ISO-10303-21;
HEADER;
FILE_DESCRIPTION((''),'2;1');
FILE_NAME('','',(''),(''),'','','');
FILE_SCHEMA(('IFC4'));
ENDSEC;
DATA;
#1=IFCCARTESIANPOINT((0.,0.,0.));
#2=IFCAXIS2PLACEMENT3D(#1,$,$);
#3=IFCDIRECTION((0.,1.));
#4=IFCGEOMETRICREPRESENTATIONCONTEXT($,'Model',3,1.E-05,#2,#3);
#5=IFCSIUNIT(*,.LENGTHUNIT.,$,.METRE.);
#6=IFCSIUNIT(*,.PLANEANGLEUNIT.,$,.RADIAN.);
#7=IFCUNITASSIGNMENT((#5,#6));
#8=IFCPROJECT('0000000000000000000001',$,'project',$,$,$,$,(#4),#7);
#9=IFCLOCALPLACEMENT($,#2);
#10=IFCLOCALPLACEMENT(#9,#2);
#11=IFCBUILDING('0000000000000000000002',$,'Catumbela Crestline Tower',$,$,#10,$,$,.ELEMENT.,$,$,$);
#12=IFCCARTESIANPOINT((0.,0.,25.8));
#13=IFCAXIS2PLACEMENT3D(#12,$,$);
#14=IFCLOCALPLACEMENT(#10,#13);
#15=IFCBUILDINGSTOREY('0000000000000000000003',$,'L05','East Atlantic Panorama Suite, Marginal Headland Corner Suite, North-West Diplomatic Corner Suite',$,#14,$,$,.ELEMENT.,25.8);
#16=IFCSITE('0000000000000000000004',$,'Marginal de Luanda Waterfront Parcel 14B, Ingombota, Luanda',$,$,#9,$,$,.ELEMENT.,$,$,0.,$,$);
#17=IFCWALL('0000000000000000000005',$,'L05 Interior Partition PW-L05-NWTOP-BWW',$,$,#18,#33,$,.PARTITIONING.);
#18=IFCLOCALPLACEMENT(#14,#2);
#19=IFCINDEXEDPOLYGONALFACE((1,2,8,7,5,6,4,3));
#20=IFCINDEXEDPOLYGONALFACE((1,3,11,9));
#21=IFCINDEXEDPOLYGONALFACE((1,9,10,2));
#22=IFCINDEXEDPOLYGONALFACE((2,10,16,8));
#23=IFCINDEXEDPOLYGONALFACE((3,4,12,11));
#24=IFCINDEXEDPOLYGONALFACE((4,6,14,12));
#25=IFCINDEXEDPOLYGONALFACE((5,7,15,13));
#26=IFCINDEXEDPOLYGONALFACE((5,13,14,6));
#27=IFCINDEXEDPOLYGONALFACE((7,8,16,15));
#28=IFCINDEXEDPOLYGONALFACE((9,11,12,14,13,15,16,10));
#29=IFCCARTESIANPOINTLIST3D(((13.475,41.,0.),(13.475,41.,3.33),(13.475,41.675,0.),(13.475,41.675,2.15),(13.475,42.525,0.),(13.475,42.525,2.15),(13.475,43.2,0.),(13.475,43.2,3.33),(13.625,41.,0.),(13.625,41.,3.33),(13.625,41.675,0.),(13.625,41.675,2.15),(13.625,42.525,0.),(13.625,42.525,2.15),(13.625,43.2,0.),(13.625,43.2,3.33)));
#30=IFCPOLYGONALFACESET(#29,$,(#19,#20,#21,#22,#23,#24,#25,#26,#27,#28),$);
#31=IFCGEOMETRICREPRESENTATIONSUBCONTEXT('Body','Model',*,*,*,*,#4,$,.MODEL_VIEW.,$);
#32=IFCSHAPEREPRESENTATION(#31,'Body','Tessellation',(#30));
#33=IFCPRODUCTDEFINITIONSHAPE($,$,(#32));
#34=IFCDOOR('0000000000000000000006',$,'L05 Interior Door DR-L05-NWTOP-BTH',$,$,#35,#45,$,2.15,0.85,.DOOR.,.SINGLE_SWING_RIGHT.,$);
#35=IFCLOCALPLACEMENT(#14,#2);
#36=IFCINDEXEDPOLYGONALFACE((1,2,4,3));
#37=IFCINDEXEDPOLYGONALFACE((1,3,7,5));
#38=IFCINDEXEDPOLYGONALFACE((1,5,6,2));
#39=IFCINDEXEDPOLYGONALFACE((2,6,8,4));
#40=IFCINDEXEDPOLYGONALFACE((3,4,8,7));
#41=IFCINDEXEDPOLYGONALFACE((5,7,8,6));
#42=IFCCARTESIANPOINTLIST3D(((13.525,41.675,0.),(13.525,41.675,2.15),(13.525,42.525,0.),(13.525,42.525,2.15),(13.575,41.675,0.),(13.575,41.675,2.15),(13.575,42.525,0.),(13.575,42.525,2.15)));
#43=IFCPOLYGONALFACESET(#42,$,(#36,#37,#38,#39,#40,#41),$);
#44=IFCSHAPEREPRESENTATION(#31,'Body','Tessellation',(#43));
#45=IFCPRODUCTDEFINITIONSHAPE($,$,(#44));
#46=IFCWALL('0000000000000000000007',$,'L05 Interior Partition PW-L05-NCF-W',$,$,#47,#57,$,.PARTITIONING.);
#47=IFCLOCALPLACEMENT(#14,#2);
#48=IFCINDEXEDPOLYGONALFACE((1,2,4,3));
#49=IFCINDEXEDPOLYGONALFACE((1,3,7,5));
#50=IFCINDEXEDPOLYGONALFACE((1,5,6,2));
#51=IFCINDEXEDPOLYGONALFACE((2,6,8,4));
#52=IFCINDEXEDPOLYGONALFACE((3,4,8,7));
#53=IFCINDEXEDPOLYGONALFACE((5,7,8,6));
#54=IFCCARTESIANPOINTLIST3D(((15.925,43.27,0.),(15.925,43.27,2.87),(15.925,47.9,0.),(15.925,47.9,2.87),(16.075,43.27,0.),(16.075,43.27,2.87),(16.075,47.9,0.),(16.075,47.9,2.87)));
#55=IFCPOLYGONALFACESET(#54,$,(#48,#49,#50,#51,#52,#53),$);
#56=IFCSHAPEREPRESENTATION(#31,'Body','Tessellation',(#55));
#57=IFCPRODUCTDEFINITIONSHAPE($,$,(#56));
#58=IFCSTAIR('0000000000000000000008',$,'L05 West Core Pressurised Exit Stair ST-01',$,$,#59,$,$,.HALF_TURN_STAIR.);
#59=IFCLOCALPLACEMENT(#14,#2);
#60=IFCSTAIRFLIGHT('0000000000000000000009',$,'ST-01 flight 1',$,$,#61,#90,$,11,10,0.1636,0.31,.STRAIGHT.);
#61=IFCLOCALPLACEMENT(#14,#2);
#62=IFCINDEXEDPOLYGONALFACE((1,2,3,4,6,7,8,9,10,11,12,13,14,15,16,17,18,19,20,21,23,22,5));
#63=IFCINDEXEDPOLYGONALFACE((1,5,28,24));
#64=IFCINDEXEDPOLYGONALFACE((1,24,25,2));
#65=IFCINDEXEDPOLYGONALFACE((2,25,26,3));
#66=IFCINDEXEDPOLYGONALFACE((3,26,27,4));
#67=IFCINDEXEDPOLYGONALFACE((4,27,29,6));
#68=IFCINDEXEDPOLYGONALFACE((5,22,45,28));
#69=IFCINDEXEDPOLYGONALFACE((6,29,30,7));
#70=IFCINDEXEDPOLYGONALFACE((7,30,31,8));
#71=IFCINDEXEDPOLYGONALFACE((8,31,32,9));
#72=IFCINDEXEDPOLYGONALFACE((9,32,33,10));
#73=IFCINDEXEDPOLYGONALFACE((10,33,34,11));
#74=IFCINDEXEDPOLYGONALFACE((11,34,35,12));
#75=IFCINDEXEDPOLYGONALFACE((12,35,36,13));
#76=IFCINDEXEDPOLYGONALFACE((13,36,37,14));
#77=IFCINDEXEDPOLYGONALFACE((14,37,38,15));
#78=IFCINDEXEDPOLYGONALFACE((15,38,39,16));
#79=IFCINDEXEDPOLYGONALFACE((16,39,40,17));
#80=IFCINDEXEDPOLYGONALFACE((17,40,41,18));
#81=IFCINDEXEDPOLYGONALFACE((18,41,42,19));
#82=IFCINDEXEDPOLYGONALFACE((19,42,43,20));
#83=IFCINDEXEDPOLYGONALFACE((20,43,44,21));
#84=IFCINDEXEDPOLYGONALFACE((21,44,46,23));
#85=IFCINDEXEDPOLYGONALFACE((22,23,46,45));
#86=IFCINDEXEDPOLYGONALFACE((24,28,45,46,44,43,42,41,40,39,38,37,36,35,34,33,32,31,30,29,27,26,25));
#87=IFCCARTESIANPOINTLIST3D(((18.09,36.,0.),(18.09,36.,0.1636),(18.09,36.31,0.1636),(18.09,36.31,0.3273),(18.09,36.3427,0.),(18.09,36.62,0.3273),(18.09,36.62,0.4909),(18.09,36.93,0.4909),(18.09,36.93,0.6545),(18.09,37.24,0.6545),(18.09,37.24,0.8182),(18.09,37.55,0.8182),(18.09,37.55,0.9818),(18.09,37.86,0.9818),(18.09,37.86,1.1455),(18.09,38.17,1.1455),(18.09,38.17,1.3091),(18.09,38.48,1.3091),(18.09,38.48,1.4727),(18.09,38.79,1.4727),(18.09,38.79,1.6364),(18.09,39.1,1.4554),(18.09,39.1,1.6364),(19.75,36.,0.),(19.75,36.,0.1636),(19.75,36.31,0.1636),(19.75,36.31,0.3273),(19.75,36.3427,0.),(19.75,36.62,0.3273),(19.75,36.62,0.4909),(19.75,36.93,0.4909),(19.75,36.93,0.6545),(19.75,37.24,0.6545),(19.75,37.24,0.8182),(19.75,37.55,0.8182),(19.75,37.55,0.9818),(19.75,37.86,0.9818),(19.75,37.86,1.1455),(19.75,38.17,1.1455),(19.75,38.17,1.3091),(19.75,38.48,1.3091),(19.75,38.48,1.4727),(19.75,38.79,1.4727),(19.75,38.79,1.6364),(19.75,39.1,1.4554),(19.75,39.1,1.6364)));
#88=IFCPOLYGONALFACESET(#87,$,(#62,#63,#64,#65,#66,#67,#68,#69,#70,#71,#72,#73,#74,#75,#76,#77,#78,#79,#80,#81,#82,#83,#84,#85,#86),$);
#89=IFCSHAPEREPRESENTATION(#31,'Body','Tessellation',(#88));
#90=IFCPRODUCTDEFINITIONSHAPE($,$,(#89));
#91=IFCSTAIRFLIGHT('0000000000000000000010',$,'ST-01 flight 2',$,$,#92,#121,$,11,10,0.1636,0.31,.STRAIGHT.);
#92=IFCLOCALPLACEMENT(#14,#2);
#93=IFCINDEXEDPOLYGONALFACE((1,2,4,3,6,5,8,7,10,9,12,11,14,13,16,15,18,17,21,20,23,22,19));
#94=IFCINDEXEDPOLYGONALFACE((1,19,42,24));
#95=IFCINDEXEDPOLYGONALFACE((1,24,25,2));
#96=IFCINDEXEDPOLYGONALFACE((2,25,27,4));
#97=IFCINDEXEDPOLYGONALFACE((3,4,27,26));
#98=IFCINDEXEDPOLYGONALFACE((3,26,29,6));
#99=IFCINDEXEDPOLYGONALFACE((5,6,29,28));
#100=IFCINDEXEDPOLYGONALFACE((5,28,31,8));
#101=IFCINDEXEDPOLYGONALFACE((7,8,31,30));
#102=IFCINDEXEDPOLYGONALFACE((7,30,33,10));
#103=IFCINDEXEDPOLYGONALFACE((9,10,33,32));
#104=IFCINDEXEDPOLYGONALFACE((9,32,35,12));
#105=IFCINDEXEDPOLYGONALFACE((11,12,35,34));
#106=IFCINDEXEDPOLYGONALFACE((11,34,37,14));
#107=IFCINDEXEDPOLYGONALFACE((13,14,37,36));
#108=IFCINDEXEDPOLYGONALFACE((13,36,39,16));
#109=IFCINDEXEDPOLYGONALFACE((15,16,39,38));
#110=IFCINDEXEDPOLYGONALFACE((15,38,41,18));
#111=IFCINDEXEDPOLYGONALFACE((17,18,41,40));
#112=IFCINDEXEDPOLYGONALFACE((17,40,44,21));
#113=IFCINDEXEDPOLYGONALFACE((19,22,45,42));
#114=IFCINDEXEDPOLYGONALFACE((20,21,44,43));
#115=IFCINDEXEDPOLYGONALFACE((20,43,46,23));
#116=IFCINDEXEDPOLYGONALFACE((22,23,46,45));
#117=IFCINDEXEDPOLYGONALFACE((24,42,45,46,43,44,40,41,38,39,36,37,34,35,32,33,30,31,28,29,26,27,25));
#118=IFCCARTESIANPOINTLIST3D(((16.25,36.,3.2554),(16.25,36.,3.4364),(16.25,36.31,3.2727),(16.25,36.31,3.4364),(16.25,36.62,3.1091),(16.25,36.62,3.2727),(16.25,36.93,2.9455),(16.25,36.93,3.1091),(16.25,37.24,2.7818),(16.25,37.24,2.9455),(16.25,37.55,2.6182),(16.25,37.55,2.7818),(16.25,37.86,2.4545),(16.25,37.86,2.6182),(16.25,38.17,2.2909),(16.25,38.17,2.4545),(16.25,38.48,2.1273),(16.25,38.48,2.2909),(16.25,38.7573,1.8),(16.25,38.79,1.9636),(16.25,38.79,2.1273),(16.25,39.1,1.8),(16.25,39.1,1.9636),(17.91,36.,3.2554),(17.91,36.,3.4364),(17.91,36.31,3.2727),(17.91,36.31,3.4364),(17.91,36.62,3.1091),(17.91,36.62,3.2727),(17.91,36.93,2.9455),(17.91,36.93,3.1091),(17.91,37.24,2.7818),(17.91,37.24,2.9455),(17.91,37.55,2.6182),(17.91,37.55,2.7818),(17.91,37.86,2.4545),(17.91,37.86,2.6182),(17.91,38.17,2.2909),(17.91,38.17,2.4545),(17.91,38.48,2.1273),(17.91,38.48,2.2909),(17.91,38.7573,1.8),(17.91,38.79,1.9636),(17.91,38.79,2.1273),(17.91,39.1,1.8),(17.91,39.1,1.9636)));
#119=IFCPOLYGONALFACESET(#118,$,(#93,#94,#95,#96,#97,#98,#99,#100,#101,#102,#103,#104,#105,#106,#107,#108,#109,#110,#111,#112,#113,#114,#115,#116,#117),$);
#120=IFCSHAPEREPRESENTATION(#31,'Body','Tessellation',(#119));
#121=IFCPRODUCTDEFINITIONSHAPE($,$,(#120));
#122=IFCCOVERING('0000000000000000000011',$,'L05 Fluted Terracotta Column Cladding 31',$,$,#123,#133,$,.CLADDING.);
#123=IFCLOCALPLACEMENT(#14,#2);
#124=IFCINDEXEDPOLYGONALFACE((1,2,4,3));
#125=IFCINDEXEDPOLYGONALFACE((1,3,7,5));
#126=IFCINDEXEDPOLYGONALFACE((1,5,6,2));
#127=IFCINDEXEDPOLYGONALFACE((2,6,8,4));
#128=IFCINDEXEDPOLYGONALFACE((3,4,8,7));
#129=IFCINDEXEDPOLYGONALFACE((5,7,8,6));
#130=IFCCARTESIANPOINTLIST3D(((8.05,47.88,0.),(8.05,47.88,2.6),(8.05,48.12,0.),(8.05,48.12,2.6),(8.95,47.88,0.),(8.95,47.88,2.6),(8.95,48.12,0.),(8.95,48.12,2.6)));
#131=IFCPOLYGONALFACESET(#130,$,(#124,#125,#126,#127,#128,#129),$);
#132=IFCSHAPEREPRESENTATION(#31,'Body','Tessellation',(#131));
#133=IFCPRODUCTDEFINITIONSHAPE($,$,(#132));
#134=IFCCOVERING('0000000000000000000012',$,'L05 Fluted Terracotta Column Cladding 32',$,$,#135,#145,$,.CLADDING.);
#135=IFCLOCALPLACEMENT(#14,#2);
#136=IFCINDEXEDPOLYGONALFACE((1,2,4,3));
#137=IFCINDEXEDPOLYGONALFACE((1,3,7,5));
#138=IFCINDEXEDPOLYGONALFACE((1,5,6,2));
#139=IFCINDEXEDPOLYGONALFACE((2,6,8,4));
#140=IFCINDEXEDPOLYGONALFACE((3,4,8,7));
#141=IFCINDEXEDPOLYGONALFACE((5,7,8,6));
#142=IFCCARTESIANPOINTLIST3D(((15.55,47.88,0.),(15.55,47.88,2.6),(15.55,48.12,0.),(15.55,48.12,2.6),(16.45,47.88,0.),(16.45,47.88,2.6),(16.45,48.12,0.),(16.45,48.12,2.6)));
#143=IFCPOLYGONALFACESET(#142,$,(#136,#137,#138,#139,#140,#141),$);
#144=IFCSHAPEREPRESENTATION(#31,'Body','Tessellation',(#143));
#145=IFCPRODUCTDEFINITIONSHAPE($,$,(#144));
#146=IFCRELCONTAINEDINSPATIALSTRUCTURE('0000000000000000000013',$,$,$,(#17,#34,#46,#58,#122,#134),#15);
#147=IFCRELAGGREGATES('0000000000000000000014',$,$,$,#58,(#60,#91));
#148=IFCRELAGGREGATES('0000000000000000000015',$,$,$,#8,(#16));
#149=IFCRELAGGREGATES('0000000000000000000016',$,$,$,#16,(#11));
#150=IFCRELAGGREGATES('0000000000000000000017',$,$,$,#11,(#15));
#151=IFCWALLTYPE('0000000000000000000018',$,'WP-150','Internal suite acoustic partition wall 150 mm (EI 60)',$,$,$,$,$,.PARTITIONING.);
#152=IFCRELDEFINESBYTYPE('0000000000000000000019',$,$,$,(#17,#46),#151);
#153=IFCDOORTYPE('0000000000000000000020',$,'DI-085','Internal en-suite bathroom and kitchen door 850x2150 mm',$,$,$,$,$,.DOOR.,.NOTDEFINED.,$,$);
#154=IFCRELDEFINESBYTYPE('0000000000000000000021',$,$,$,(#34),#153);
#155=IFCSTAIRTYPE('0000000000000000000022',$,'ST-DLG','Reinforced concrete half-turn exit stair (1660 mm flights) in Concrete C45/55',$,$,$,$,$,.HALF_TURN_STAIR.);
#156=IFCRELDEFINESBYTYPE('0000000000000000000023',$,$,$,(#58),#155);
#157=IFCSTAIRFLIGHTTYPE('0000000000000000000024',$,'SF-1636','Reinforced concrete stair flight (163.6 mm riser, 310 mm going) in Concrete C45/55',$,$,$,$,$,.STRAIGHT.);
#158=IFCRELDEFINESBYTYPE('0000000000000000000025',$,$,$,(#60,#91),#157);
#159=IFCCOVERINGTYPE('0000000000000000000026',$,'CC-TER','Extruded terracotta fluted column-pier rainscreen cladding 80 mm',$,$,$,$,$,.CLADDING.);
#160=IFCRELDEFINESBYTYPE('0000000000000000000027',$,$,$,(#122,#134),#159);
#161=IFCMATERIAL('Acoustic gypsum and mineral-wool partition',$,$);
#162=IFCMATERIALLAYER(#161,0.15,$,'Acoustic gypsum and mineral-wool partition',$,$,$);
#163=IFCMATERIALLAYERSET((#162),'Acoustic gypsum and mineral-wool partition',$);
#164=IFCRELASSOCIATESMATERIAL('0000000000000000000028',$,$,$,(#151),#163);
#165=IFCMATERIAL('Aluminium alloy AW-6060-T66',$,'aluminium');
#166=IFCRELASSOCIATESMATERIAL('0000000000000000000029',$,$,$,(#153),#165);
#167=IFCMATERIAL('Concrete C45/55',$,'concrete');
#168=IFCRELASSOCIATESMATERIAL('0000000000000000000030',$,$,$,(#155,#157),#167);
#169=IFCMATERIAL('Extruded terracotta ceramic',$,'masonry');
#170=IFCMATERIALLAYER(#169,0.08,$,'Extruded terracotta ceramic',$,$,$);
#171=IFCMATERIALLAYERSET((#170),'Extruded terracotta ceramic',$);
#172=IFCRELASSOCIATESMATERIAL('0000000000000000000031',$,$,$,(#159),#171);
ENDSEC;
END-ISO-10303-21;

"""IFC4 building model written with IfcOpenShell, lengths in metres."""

from ifc_helpers import new_model, si_unit, direction, frame, frame_2d, origin, origin_2d, place, context, subcontext, project, spatial, polyline, rectangle, outline, extrude, material, layer, layer_set, type_object, element, fill, aggregate, save


model = new_model("IFC4")

# Units and contexts
model_context = context("Model", 3, precision=1e-05, world=origin(), true_north=direction((0.0, 1.0)))
body_context = subcontext(model_context, "Body", "Model", "MODEL_VIEW")
ifc_project = project(units=[si_unit("LENGTHUNIT", "METRE"), si_unit("PLANEANGLEUNIT", "RADIAN")], contexts=[model_context])

# Site, building, storey
site_placement = place(None, origin())
site = spatial("IfcSite", under=ifc_project, at=site_placement, Name="Marginal de Luanda Waterfront Parcel 14B, Ingombota, Luanda", CompositionType="ELEMENT", RefElevation=0.0)
building_placement = place(site_placement, origin())
building = spatial("IfcBuilding", under=site, at=building_placement, Name="Catumbela Crestline Tower", CompositionType="ELEMENT")
storey_placement = place(building_placement, frame((0.0, 0.0, 25.8)))
storey = spatial("IfcBuildingStorey", under=building, at=storey_placement, Name="L05", Description="East Atlantic Panorama Suite, Marginal Headland Corner Suite, North-West Diplomatic Corner Suite", CompositionType="ELEMENT", Elevation=25.8)

# Shared definitions
ifc_material_1 = material(Name="Aluminium alloy AW-6060-T66", Category="aluminium")

# Shared definitions
ifc_material_2 = material(Name="Acoustic gypsum and mineral-wool partition")
ifc_layer_1 = layer(ifc_material_2, 0.15, Name="Acoustic gypsum and mineral-wool partition")
ifc_layer_set_1 = layer_set([ifc_layer_1], Name="Acoustic gypsum and mineral-wool partition")
wall_type_1 = type_object("IfcWallType", Name="WP-150", Description="Internal suite acoustic partition wall 150 mm (EI 60)", PredefinedType="PARTITIONING", material=ifc_layer_set_1)

# Wall, opening, door
wall_1_placement = place(storey_placement, frame((13.55, 41.0, 0.0), z_axis=(0.0, 0.0, 1.0), x_axis=(0.0, 1.0, 0.0)))
wall_1 = element("IfcWall", 1, at=wall_1_placement, inside=storey, type_object=wall_type_1, Name="L05 Interior Partition PW-L05-NWTOP-BWW", PredefinedType="PARTITIONING", context=body_context, shape_type="SweptSolid", body=[
    extrude(rectangle(XDim=2.2, YDim=0.15, at=frame_2d((1.1, 0.0))), origin(), (0.0, 0.0, 1.0), 3.33),
])
opening_1_placement = place(wall_1_placement, frame((0.675, 0.0, 0.0)))
opening_1 = element("IfcOpeningElement", 2, at=opening_1_placement, cuts=wall_1, PredefinedType="OPENING", context=body_context, shape_type="SweptSolid", body=[
    extrude(rectangle(XDim=0.85, YDim=2.15, at=frame_2d((0.425, 1.075))), frame((0.0, 0.085, 0.0), z_axis=(0.0, -1.0, 0.0), x_axis=(1.0, 0.0, 0.0)), (0.0, 0.0, 1.0), 0.17),
])
door_type_1 = type_object("IfcDoorType", Name="DI-085", Description="Internal en-suite bathroom and kitchen door 850x2150 mm", OperationType="NOTDEFINED", PredefinedType="DOOR", material=ifc_material_1)
door_1_placement = place(opening_1_placement, origin())
door_1 = element("IfcDoor", 3, at=door_1_placement, inside=storey, type_object=door_type_1, Name="L05 Interior Door DR-L05-NWTOP-BTH", OperationType="SINGLE_SWING_RIGHT", OverallHeight=2.15, OverallWidth=0.85, PredefinedType="DOOR", context=body_context, shape_type="SweptSolid", body=[
    extrude(rectangle(XDim=0.85, YDim=2.15, at=frame_2d((0.425, 1.075))), frame((0.0, 0.025, 0.0), z_axis=(0.0, -1.0, 0.0), x_axis=(1.0, 0.0, 0.0)), (0.0, 0.0, 1.0), 0.05),
])
fill(opening_1, door_1)

# Wall
wall_2_placement = place(storey_placement, frame((16.0, 43.27, 0.0), z_axis=(0.0, 0.0, 1.0), x_axis=(0.0, 1.0, 0.0)))
element("IfcWall", 4, at=wall_2_placement, inside=storey, type_object=wall_type_1, Name="L05 Interior Partition PW-L05-NCF-W", PredefinedType="PARTITIONING", context=body_context, shape_type="SweptSolid", body=[
    extrude(rectangle(XDim=4.63, YDim=0.15, at=frame_2d((2.315, 0.0))), origin(), (0.0, 0.0, 1.0), 2.87),
])

# Stair, stair flights
ifc_material_3 = material(Name="Concrete C45/55", Category="concrete")
stair_type = type_object("IfcStairType", Name="ST-DLG", Description="Reinforced concrete half-turn exit stair (1660 mm flights) in Concrete C45/55", PredefinedType="HALF_TURN_STAIR", material=ifc_material_3)
stair_placement = place(storey_placement, origin())
stair = element("IfcStair", 5, at=stair_placement, inside=storey, type_object=stair_type, Name="L05 West Core Pressurised Exit Stair ST-01", PredefinedType="HALF_TURN_STAIR")
stair_flight_type = type_object("IfcStairFlightType", Name="SF-1636", Description="Reinforced concrete stair flight (163.6 mm riser, 310 mm going) in Concrete C45/55", PredefinedType="STRAIGHT", material=ifc_material_3)
stair_flight_1_placement = place(storey_placement, frame((18.92, 36.0, 0.0), z_axis=(0.0, 0.0, 1.0), x_axis=(0.0, 1.0, 0.0)))
stair_flight_1 = element("IfcStairFlight", 6, at=stair_flight_1_placement, type_object=stair_flight_type, Name="ST-01 flight 1", NumberOfRisers=11, NumberOfTreads=10, PredefinedType="STRAIGHT", RiserHeight=0.1636, TreadLength=0.31, context=body_context, shape_type="SweptSolid", body=[
    extrude(outline(polyline([(0.0, 0.0), (0.0, 0.1636), (0.31, 0.1636), (0.31, 0.3273), (0.62, 0.3273), (0.62, 0.4909), (0.93, 0.4909), (0.93, 0.6545), (1.24, 0.6545), (1.24, 0.8182), (1.55, 0.8182), (1.55, 0.9818), (1.86, 0.9818), (1.86, 1.1455), (2.17, 1.1455), (2.17, 1.3091), (2.48, 1.3091), (2.48, 1.4727), (2.79, 1.4727), (2.79, 1.6364), (3.1, 1.6364), (3.1, 1.8), (3.1, 1.4554), (0.3427, 0.0), (0.0, 0.0)])), frame((0.0, 0.83, 0.0), z_axis=(0.0, -1.0, 0.0), x_axis=(1.0, 0.0, 0.0)), (0.0, 0.0, 1.0), 1.66),
])
stair_flight_2_placement = place(storey_placement, frame((17.08, 39.1, 1.8), z_axis=(0.0, 0.0, 1.0), x_axis=(0.0, -1.0, 0.0)))
stair_flight_2 = element("IfcStairFlight", 7, at=stair_flight_2_placement, type_object=stair_flight_type, Name="ST-01 flight 2", NumberOfRisers=11, NumberOfTreads=10, PredefinedType="STRAIGHT", RiserHeight=0.1636, TreadLength=0.31, context=body_context, shape_type="SweptSolid", body=[
    extrude(outline(polyline([(0.0, 0.0), (0.0, 0.1636), (0.31, 0.1636), (0.31, 0.3273), (0.62, 0.3273), (0.62, 0.4909), (0.93, 0.4909), (0.93, 0.6545), (1.24, 0.6545), (1.24, 0.8182), (1.55, 0.8182), (1.55, 0.9818), (1.86, 0.9818), (1.86, 1.1455), (2.17, 1.1455), (2.17, 1.3091), (2.48, 1.3091), (2.48, 1.4727), (2.79, 1.4727), (2.79, 1.6364), (3.1, 1.6364), (3.1, 1.8), (3.1, 1.4554), (0.3427, 0.0), (0.0, 0.0)])), frame((0.0, 0.83, 0.0), z_axis=(0.0, -1.0, 0.0), x_axis=(1.0, 0.0, 0.0)), (0.0, 0.0, 1.0), 1.66),
])
aggregate(stair, [stair_flight_1, stair_flight_2])

# Coverings
ifc_material_4 = material(Name="Extruded terracotta ceramic", Category="masonry")
ifc_layer_2 = layer(ifc_material_4, 0.08, Name="Extruded terracotta ceramic")
ifc_layer_set_2 = layer_set([ifc_layer_2], Name="Extruded terracotta ceramic")
covering_type = type_object("IfcCoveringType", Name="CC-TER", Description="Extruded terracotta fluted column-pier rainscreen cladding 80 mm", PredefinedType="CLADDING", material=ifc_layer_set_2)
for number, where, z_axis, x_axis, name in (
    (8, (8.5, 48.0, 0.0), (0.0, 0.0, 1.0), (-1.0, 0.0, 0.0), "L05 Fluted Terracotta Column Cladding 31"),
    (9, (16.0, 48.0, 0.0), (0.0, 0.0, 1.0), (-1.0, 0.0, 0.0), "L05 Fluted Terracotta Column Cladding 32"),
):
    element("IfcCovering", number, at=place(storey_placement, frame(where, z_axis=z_axis, x_axis=x_axis)), inside=storey, type_object=covering_type, Name=name, PredefinedType="CLADDING", context=body_context, shape_type="SweptSolid", body=[
        extrude(rectangle(XDim=0.9, YDim=0.24, at=origin_2d()), origin(), (0.0, 0.0, 1.0), 2.6),
    ])

save(model, "model.ifc")
